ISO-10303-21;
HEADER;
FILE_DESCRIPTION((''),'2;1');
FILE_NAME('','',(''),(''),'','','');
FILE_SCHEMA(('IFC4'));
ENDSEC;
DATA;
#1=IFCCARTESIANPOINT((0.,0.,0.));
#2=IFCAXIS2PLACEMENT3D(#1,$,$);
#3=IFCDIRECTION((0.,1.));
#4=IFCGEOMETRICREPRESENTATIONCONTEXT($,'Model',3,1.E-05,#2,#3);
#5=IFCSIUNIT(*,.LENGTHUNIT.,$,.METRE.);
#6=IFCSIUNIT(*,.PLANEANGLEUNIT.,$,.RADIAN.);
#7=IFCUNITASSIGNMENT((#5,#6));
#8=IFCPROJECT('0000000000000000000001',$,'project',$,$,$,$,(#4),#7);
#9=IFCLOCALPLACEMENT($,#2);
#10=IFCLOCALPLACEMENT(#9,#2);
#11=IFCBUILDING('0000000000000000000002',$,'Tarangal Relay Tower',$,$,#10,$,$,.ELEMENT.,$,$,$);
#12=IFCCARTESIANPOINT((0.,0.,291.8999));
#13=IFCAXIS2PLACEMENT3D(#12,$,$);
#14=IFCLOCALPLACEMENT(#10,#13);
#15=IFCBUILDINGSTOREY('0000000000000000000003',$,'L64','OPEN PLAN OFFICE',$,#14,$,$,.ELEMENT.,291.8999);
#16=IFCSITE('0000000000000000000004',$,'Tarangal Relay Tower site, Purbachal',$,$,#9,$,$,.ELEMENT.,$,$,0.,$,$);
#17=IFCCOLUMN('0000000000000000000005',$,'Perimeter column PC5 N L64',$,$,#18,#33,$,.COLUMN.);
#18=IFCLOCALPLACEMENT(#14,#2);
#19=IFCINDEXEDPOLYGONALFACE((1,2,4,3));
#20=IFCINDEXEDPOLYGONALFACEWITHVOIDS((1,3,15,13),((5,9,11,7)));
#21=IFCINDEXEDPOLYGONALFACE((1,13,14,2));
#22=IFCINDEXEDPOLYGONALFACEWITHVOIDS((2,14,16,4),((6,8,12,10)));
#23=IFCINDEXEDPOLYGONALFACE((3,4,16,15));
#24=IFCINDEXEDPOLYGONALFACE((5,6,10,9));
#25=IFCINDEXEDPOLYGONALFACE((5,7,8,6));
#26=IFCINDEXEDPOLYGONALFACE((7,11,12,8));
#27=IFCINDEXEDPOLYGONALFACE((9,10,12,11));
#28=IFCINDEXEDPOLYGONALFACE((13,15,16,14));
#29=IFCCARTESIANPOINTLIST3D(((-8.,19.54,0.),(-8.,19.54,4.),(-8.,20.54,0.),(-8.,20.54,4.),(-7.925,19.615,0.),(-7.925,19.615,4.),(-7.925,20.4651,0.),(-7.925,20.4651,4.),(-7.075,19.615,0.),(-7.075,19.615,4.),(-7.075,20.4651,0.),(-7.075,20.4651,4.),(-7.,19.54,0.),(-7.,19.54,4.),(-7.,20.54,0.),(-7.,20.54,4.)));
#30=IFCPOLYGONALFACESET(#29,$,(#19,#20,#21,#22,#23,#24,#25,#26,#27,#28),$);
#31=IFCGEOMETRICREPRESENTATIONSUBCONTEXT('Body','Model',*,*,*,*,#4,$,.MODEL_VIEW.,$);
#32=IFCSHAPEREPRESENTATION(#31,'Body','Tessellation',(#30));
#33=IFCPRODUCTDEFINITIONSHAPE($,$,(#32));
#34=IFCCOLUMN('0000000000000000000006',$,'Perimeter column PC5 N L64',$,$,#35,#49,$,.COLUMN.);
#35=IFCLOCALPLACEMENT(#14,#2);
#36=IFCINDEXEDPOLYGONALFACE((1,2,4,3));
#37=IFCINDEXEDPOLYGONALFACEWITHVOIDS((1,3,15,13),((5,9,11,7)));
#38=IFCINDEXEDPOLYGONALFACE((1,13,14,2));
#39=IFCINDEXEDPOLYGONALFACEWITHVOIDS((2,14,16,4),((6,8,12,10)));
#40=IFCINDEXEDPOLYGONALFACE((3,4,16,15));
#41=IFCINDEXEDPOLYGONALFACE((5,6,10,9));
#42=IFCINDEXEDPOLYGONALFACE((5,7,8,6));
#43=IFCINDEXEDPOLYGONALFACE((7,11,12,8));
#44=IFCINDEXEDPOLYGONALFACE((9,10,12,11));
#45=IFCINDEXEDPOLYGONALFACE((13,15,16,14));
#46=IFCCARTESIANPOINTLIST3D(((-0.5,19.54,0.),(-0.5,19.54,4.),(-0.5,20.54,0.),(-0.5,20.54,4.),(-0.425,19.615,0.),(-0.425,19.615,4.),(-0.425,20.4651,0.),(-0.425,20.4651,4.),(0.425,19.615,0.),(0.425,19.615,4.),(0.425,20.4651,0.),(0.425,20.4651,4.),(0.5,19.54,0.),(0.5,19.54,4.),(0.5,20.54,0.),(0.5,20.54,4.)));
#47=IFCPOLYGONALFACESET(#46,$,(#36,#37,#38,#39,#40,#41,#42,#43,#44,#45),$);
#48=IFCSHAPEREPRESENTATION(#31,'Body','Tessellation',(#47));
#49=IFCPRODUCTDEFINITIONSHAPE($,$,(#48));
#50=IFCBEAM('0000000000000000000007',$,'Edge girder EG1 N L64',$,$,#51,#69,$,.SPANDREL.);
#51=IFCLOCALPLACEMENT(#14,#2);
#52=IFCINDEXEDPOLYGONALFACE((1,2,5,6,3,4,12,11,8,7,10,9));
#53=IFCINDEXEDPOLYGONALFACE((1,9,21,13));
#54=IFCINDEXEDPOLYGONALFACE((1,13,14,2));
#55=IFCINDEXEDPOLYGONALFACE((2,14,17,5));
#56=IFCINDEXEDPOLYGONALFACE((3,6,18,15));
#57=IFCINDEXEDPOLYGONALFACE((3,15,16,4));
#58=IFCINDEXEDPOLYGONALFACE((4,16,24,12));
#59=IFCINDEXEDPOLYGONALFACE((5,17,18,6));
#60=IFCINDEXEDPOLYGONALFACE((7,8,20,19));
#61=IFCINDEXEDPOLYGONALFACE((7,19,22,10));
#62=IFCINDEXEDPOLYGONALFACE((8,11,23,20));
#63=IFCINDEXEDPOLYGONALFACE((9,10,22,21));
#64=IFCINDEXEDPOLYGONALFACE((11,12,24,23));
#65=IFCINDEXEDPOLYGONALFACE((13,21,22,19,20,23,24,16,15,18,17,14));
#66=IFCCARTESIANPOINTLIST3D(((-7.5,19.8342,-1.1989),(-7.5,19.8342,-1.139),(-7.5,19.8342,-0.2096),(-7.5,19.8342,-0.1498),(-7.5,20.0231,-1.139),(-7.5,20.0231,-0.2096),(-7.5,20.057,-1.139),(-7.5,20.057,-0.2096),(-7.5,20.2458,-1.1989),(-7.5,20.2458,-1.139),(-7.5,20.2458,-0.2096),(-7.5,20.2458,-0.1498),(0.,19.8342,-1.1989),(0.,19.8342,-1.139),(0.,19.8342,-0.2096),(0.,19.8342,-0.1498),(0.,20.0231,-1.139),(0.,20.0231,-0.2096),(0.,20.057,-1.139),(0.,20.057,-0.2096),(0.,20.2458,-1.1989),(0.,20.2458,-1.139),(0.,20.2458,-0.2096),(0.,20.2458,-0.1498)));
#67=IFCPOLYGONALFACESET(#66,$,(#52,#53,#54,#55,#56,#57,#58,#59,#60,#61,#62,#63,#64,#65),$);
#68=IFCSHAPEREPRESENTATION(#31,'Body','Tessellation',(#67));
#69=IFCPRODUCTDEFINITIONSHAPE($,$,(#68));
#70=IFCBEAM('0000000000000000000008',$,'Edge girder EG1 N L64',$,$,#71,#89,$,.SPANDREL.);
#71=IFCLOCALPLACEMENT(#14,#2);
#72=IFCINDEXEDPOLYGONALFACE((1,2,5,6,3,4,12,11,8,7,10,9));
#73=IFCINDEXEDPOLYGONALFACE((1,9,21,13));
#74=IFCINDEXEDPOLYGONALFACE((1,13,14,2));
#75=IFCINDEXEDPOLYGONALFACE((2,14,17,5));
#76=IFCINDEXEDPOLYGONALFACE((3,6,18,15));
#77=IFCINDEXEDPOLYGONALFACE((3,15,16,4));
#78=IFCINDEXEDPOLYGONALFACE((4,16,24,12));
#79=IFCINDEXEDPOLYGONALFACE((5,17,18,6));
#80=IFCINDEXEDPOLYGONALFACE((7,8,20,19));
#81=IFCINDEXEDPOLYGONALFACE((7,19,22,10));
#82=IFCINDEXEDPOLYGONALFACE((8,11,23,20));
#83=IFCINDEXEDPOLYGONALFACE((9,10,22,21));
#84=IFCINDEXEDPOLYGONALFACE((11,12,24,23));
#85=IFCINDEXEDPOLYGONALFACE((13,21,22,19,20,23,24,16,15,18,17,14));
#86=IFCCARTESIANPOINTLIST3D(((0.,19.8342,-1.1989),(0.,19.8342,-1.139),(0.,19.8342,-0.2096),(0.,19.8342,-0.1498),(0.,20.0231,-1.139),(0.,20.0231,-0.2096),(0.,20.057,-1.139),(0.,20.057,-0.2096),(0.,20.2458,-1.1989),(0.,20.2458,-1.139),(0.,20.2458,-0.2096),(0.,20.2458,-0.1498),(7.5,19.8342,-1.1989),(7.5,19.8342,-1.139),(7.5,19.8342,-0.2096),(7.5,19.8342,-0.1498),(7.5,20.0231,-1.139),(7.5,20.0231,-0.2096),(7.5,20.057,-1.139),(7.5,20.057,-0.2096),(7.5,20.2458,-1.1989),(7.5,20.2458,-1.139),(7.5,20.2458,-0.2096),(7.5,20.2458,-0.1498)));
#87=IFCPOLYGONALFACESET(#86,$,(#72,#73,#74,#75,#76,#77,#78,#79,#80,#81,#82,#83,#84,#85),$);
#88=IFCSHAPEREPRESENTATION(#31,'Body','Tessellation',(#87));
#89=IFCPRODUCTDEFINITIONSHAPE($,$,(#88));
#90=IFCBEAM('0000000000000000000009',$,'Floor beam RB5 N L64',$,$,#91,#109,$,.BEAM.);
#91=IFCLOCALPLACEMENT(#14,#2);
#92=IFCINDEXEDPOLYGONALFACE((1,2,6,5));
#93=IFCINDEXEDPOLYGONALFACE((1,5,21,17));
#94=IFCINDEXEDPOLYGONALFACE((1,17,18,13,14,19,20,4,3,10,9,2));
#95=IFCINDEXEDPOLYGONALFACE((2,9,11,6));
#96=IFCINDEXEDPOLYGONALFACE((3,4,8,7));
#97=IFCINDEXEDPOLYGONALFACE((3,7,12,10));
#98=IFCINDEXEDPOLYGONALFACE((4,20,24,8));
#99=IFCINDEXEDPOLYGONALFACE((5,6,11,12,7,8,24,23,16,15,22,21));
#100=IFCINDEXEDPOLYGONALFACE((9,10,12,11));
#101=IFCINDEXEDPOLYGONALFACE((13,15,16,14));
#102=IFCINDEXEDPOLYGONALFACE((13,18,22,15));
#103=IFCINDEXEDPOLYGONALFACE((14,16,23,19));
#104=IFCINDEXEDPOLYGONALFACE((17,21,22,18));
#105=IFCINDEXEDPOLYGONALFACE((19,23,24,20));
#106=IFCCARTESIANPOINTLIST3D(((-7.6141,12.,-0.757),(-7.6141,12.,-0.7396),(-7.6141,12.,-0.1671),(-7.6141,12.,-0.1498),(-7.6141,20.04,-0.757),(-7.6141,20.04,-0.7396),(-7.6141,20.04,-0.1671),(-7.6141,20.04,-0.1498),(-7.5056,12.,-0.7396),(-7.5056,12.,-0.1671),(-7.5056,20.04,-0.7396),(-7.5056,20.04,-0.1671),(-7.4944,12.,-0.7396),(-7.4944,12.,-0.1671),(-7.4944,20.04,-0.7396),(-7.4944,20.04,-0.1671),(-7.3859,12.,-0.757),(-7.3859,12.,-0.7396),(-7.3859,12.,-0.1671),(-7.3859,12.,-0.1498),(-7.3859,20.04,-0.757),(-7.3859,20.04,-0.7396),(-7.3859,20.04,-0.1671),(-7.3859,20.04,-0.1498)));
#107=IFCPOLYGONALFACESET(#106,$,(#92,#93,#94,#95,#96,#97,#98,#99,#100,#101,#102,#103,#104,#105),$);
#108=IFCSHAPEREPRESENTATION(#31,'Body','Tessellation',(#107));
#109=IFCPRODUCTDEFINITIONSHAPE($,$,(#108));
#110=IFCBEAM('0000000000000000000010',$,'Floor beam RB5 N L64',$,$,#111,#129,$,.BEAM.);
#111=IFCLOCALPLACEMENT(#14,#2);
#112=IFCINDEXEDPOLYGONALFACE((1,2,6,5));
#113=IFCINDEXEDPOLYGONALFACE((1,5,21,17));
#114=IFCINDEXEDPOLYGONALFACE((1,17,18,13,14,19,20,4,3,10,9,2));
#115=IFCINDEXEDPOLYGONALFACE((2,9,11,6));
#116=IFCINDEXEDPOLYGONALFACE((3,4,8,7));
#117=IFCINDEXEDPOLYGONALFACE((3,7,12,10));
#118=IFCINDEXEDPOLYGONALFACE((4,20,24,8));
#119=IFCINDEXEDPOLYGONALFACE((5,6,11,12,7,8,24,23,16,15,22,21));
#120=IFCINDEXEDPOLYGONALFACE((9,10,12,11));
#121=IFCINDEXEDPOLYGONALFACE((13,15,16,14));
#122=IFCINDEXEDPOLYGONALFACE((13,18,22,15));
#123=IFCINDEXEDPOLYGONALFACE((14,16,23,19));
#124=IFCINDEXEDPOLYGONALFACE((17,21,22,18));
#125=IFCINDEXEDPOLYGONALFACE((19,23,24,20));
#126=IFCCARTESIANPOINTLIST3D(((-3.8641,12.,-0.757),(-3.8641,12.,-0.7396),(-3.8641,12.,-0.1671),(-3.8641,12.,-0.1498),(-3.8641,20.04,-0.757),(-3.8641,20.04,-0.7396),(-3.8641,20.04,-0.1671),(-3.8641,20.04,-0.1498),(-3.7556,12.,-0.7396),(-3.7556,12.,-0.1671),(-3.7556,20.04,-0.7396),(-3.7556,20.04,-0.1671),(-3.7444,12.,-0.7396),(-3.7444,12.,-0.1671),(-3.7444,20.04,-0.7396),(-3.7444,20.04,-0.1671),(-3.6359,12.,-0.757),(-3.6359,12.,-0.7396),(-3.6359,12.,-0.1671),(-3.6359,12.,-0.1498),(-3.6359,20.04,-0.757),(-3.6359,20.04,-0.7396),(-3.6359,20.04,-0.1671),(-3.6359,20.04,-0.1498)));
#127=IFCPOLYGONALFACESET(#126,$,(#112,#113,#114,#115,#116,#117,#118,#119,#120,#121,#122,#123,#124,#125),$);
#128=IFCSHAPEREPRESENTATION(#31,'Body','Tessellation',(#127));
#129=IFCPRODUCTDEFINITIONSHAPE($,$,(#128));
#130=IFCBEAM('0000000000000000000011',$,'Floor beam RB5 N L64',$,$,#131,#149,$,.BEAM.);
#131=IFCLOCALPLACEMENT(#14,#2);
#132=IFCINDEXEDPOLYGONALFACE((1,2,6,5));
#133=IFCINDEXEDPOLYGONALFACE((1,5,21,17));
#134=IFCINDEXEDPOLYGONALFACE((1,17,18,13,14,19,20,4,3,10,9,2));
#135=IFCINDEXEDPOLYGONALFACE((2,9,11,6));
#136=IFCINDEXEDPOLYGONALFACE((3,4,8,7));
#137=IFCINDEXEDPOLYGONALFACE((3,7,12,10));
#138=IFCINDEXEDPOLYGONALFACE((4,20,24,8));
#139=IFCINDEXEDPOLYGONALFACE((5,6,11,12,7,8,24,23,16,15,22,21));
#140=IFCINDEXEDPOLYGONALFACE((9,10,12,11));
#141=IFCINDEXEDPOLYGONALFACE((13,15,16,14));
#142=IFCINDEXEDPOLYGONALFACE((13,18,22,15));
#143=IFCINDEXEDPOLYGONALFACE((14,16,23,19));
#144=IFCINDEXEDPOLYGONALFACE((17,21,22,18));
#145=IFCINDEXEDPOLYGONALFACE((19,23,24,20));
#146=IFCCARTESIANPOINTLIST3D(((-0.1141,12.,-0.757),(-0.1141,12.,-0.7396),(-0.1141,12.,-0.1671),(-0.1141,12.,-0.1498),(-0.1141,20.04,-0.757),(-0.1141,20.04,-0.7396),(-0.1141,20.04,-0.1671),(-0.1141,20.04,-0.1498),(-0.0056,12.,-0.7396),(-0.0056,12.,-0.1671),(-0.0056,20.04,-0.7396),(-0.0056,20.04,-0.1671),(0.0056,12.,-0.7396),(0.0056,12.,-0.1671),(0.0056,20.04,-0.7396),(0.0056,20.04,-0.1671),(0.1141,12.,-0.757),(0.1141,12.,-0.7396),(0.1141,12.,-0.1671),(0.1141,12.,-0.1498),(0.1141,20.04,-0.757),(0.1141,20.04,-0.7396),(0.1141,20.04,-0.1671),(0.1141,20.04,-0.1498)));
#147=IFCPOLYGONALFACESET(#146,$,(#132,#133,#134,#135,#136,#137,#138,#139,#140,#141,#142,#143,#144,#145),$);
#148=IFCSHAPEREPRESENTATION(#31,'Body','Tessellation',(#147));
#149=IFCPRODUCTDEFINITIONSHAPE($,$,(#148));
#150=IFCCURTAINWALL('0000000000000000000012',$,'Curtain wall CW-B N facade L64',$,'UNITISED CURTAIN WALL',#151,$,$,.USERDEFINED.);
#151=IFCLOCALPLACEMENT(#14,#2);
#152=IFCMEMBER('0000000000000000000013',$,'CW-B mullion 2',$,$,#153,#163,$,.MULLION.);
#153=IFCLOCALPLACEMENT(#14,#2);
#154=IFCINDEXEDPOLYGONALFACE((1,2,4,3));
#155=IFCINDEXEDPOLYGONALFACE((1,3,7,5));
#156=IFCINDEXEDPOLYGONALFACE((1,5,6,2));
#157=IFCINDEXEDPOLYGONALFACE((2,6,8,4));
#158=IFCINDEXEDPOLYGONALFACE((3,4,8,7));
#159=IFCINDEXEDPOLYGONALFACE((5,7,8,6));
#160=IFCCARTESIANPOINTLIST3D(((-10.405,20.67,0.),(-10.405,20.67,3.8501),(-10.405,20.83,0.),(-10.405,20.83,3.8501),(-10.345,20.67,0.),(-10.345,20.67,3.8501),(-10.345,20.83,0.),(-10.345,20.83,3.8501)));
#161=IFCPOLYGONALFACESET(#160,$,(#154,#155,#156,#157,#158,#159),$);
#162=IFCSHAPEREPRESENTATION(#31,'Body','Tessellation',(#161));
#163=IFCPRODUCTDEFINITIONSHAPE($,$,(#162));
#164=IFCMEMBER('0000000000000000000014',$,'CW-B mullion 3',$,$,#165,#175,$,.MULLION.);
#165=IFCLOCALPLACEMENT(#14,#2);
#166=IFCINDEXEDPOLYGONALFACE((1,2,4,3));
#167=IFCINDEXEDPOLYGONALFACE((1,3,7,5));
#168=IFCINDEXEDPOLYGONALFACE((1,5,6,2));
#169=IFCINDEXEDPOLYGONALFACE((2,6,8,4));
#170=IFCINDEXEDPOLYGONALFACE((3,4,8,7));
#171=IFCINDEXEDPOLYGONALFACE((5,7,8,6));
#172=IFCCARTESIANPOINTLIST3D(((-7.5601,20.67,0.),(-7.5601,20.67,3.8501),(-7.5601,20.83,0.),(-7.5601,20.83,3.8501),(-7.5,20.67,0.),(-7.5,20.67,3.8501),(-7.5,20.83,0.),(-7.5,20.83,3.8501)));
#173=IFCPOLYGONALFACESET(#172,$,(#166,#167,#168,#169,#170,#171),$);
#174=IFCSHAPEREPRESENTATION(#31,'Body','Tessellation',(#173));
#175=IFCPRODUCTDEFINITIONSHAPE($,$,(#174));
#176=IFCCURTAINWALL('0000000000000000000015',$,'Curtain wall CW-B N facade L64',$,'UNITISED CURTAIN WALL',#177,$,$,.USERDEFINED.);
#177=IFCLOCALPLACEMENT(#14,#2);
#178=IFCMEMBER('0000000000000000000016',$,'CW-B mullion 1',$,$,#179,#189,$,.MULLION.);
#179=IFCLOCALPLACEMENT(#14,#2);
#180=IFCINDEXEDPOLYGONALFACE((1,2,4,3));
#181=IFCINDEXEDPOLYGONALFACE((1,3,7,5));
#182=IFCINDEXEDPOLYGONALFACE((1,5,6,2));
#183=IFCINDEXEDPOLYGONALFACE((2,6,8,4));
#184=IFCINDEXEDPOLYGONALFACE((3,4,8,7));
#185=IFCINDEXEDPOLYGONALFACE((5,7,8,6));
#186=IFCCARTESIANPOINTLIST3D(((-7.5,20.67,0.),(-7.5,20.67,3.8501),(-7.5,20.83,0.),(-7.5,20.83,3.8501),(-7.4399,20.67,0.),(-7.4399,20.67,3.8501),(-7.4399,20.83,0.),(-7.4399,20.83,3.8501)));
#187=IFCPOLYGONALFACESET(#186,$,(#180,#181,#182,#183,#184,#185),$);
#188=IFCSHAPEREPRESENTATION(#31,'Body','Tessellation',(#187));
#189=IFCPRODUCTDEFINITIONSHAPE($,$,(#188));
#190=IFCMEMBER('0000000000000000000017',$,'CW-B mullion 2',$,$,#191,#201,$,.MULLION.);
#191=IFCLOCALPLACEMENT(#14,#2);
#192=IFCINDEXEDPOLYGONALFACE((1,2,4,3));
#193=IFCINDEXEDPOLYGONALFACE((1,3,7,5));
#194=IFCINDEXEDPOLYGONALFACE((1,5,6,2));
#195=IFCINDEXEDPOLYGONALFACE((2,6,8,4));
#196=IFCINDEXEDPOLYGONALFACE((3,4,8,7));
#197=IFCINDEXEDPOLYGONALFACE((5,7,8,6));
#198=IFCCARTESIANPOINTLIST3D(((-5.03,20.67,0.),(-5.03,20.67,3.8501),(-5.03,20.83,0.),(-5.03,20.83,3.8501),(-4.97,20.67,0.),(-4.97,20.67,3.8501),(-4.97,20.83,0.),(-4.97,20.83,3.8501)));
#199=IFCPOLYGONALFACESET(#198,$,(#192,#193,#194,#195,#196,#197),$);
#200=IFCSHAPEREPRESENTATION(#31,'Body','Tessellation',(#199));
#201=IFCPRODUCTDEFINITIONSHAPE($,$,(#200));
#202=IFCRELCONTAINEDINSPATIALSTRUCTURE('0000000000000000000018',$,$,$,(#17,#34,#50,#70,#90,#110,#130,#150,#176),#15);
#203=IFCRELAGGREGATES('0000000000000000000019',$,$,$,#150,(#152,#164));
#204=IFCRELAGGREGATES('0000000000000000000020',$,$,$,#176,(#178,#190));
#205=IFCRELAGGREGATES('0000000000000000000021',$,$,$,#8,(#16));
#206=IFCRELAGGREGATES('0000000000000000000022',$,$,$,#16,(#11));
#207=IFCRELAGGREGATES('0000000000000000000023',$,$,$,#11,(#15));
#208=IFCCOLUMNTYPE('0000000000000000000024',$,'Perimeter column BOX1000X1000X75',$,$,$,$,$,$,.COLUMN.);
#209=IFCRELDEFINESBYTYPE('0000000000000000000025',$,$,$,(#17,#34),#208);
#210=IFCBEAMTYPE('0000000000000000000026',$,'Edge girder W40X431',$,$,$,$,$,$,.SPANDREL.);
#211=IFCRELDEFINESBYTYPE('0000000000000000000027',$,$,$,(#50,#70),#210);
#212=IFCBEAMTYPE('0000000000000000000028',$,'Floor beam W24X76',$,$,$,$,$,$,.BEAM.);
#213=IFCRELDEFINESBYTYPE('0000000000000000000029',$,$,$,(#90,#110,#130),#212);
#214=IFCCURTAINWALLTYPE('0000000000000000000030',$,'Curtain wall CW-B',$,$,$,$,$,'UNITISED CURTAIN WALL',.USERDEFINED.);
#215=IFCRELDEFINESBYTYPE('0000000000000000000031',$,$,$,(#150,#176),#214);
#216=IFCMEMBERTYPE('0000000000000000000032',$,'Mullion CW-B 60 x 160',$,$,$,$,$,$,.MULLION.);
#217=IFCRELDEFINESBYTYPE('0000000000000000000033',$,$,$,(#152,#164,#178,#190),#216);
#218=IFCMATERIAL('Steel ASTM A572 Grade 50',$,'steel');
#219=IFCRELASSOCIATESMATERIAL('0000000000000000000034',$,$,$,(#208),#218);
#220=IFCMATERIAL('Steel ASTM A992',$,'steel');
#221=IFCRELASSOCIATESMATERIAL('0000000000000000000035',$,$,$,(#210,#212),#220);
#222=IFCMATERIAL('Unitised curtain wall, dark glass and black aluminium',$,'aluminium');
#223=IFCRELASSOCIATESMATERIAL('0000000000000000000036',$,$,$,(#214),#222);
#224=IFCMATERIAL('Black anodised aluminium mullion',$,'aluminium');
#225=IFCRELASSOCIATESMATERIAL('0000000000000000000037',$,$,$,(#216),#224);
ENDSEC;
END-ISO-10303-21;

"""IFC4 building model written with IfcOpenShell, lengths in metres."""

from ifc_helpers import new_model, si_unit, direction, frame, origin, origin_2d, place, context, subcontext, project, spatial, rectangle, hollow_rectangle, i_section, extrude, material, material_profile, profile_set, type_object, element, aggregate, save


model = new_model("IFC4")

# Units and contexts
model_context = context("Model", 3, precision=1e-05, world=origin(), true_north=direction((0.0, 1.0)))
body_context = subcontext(model_context, "Body", "Model", "MODEL_VIEW")
ifc_project = project(units=[si_unit("LENGTHUNIT", "METRE"), si_unit("PLANEANGLEUNIT", "RADIAN")], contexts=[model_context])

# Site, building, storey
site_placement = place(None, origin())
site = spatial("IfcSite", under=ifc_project, at=site_placement, Name="Tarangal Relay Tower site, Purbachal", CompositionType="ELEMENT", RefElevation=0.0)
building_placement = place(site_placement, origin())
building = spatial("IfcBuilding", under=site, at=building_placement, Name="Tarangal Relay Tower", CompositionType="ELEMENT")
storey_placement = place(building_placement, frame((0.0, 0.0, 291.8999)))
storey = spatial("IfcBuildingStorey", under=building, at=storey_placement, Name="L64", Description="OPEN PLAN OFFICE", CompositionType="ELEMENT", Elevation=291.8999)

# Columns
ifc_material_1 = material(Name="Steel ASTM A572 Grade 50", Category="steel")
ifc_material_profile_1 = material_profile(ifc_material_1, hollow_rectangle(XDim=1.0, YDim=1.0, WallThickness=0.075, at=origin_2d()), Name="BOX1000X1000X75")
ifc_profile_set_1 = profile_set([ifc_material_profile_1], Name="Steel ASTM A572 Grade 50")
column_type = type_object("IfcColumnType", Name="Perimeter column BOX1000X1000X75", PredefinedType="COLUMN", material=ifc_profile_set_1)
for number, where, z_axis, x_axis, name in (
    (1, (-7.5, 20.04, 0.0), (0.0, 0.0, 1.0), (1.0, 0.0, 0.0), "Perimeter column PC5 N L64"),
    (2, (0.0, 20.04, 0.0), (0.0, 0.0, 1.0), (1.0, 0.0, 0.0), "Perimeter column PC5 N L64"),
):
    element("IfcColumn", number, at=place(storey_placement, frame(where, z_axis=z_axis, x_axis=x_axis)), inside=storey, type_object=column_type, Name=name, PredefinedType="COLUMN", context=body_context, shape_type="SweptSolid", body=[
        extrude(hollow_rectangle(XDim=1.0, YDim=1.0, WallThickness=0.075, at=origin_2d()), origin(), (0.0, 0.0, 1.0), 4.0),
    ])

# Beams
ifc_material_2 = material(Name="Steel ASTM A992", Category="steel")
ifc_material_profile_2 = material_profile(ifc_material_2, i_section(OverallWidth=0.4116, OverallDepth=1.0491, WebThickness=0.0339, FlangeThickness=0.0598, at=origin_2d()), Name="W40X431")
ifc_profile_set_2 = profile_set([ifc_material_profile_2], Name="Steel ASTM A992")
beam_type_1 = type_object("IfcBeamType", Name="Edge girder W40X431", PredefinedType="SPANDREL", material=ifc_profile_set_2)
for number, where, z_axis, x_axis, name in (
    (3, (-7.5, 20.04, -0.6743), (1.0, 0.0, 0.0), (0.0, 1.0, 0.0), "Edge girder EG1 N L64"),
    (4, (0.0, 20.04, -0.6743), (1.0, 0.0, 0.0), (0.0, 1.0, 0.0), "Edge girder EG1 N L64"),
):
    element("IfcBeam", number, at=place(storey_placement, frame(where, z_axis=z_axis, x_axis=x_axis)), inside=storey, type_object=beam_type_1, Name=name, PredefinedType="SPANDREL", context=body_context, shape_type="SweptSolid", body=[
        extrude(i_section(OverallWidth=0.4116, OverallDepth=1.0491, WebThickness=0.0339, FlangeThickness=0.0598, at=origin_2d()), origin(), (0.0, 0.0, 1.0), 7.5),
    ])
ifc_material_profile_3 = material_profile(ifc_material_2, i_section(OverallWidth=0.2283, OverallDepth=0.6072, WebThickness=0.0112, FlangeThickness=0.0173, at=origin_2d()), Name="W24X76")
ifc_profile_set_3 = profile_set([ifc_material_profile_3], Name="Steel ASTM A992")
beam_type_2 = type_object("IfcBeamType", Name="Floor beam W24X76", PredefinedType="BEAM", material=ifc_profile_set_3)
for number, where, z_axis, x_axis, name in (
    (5, (-7.5, 12.0, -0.4534), (0.0, 1.0, 0.0), (-1.0, 0.0, 0.0), "Floor beam RB5 N L64"),
    (6, (-3.75, 12.0, -0.4534), (0.0, 1.0, 0.0), (-1.0, 0.0, 0.0), "Floor beam RB5 N L64"),
    (7, (0.0, 12.0, -0.4534), (0.0, 1.0, 0.0), (-1.0, 0.0, 0.0), "Floor beam RB5 N L64"),
):
    element("IfcBeam", number, at=place(storey_placement, frame(where, z_axis=z_axis, x_axis=x_axis)), inside=storey, type_object=beam_type_2, Name=name, PredefinedType="BEAM", context=body_context, shape_type="SweptSolid", body=[
        extrude(i_section(OverallWidth=0.2283, OverallDepth=0.6072, WebThickness=0.0112, FlangeThickness=0.0173, at=origin_2d()), origin(), (0.0, 0.0, 1.0), 8.04),
    ])

# Curtain walls, members
ifc_material_3 = material(Name="Unitised curtain wall, dark glass and black aluminium", Category="aluminium")
curtain_wall_type = type_object("IfcCurtainWallType", Name="Curtain wall CW-B", ElementType="UNITISED CURTAIN WALL", PredefinedType="USERDEFINED", material=ifc_material_3)
curtain_wall_1_placement = place(storey_placement, origin())
curtain_wall_1 = element("IfcCurtainWall", 8, at=curtain_wall_1_placement, inside=storey, type_object=curtain_wall_type, Name="Curtain wall CW-B N facade L64", ObjectType="UNITISED CURTAIN WALL", PredefinedType="USERDEFINED")
ifc_material_4 = material(Name="Black anodised aluminium mullion", Category="aluminium")
ifc_material_profile_4 = material_profile(ifc_material_4, rectangle(XDim=0.1599, YDim=0.0601, at=origin_2d()), Name="CW-BM 60X160")
ifc_profile_set_4 = profile_set([ifc_material_profile_4], Name="Black anodised aluminium mullion")
member_type_1 = type_object("IfcMemberType", Name="Mullion CW-B 60 x 160", PredefinedType="MULLION", material=ifc_profile_set_4)
member_1_placement = place(storey_placement, frame((-10.375, 20.75, 0.0), z_axis=(0.0, 0.0, 1.0), x_axis=(0.0, 1.0, 0.0)))
member_1 = element("IfcMember", 9, at=member_1_placement, type_object=member_type_1, Name="CW-B mullion 2", PredefinedType="MULLION", context=body_context, shape_type="SweptSolid", body=[
    extrude(rectangle(XDim=0.1599, YDim=0.0601, at=origin_2d()), origin(), (0.0, 0.0, 1.0), 3.8501),
])
member_2_placement = place(storey_placement, frame((-7.53, 20.75, 0.0), z_axis=(0.0, 0.0, 1.0), x_axis=(0.0, 1.0, 0.0)))
member_2 = element("IfcMember", 10, at=member_2_placement, type_object=member_type_1, Name="CW-B mullion 3", PredefinedType="MULLION", context=body_context, shape_type="SweptSolid", body=[
    extrude(rectangle(XDim=0.1599, YDim=0.0601, at=origin_2d()), origin(), (0.0, 0.0, 1.0), 3.8501),
])
curtain_wall_2_placement = place(storey_placement, origin())
curtain_wall_2 = element("IfcCurtainWall", 11, at=curtain_wall_2_placement, inside=storey, type_object=curtain_wall_type, Name="Curtain wall CW-B N facade L64", ObjectType="UNITISED CURTAIN WALL", PredefinedType="USERDEFINED")
member_3_placement = place(storey_placement, frame((-7.47, 20.75, 0.0), z_axis=(0.0, 0.0, 1.0), x_axis=(0.0, 1.0, 0.0)))
member_3 = element("IfcMember", 12, at=member_3_placement, type_object=member_type_1, Name="CW-B mullion 1", PredefinedType="MULLION", context=body_context, shape_type="SweptSolid", body=[
    extrude(rectangle(XDim=0.1599, YDim=0.0601, at=origin_2d()), origin(), (0.0, 0.0, 1.0), 3.8501),
])
member_4_placement = place(storey_placement, frame((-5.0, 20.75, 0.0), z_axis=(0.0, 0.0, 1.0), x_axis=(0.0, 1.0, 0.0)))
member_4 = element("IfcMember", 13, at=member_4_placement, type_object=member_type_1, Name="CW-B mullion 2", PredefinedType="MULLION", context=body_context, shape_type="SweptSolid", body=[
    extrude(rectangle(XDim=0.1599, YDim=0.0601, at=origin_2d()), origin(), (0.0, 0.0, 1.0), 3.8501),
])

aggregate(curtain_wall_1, [member_1, member_2])
aggregate(curtain_wall_2, [member_3, member_4])

save(model, "model.ifc")
